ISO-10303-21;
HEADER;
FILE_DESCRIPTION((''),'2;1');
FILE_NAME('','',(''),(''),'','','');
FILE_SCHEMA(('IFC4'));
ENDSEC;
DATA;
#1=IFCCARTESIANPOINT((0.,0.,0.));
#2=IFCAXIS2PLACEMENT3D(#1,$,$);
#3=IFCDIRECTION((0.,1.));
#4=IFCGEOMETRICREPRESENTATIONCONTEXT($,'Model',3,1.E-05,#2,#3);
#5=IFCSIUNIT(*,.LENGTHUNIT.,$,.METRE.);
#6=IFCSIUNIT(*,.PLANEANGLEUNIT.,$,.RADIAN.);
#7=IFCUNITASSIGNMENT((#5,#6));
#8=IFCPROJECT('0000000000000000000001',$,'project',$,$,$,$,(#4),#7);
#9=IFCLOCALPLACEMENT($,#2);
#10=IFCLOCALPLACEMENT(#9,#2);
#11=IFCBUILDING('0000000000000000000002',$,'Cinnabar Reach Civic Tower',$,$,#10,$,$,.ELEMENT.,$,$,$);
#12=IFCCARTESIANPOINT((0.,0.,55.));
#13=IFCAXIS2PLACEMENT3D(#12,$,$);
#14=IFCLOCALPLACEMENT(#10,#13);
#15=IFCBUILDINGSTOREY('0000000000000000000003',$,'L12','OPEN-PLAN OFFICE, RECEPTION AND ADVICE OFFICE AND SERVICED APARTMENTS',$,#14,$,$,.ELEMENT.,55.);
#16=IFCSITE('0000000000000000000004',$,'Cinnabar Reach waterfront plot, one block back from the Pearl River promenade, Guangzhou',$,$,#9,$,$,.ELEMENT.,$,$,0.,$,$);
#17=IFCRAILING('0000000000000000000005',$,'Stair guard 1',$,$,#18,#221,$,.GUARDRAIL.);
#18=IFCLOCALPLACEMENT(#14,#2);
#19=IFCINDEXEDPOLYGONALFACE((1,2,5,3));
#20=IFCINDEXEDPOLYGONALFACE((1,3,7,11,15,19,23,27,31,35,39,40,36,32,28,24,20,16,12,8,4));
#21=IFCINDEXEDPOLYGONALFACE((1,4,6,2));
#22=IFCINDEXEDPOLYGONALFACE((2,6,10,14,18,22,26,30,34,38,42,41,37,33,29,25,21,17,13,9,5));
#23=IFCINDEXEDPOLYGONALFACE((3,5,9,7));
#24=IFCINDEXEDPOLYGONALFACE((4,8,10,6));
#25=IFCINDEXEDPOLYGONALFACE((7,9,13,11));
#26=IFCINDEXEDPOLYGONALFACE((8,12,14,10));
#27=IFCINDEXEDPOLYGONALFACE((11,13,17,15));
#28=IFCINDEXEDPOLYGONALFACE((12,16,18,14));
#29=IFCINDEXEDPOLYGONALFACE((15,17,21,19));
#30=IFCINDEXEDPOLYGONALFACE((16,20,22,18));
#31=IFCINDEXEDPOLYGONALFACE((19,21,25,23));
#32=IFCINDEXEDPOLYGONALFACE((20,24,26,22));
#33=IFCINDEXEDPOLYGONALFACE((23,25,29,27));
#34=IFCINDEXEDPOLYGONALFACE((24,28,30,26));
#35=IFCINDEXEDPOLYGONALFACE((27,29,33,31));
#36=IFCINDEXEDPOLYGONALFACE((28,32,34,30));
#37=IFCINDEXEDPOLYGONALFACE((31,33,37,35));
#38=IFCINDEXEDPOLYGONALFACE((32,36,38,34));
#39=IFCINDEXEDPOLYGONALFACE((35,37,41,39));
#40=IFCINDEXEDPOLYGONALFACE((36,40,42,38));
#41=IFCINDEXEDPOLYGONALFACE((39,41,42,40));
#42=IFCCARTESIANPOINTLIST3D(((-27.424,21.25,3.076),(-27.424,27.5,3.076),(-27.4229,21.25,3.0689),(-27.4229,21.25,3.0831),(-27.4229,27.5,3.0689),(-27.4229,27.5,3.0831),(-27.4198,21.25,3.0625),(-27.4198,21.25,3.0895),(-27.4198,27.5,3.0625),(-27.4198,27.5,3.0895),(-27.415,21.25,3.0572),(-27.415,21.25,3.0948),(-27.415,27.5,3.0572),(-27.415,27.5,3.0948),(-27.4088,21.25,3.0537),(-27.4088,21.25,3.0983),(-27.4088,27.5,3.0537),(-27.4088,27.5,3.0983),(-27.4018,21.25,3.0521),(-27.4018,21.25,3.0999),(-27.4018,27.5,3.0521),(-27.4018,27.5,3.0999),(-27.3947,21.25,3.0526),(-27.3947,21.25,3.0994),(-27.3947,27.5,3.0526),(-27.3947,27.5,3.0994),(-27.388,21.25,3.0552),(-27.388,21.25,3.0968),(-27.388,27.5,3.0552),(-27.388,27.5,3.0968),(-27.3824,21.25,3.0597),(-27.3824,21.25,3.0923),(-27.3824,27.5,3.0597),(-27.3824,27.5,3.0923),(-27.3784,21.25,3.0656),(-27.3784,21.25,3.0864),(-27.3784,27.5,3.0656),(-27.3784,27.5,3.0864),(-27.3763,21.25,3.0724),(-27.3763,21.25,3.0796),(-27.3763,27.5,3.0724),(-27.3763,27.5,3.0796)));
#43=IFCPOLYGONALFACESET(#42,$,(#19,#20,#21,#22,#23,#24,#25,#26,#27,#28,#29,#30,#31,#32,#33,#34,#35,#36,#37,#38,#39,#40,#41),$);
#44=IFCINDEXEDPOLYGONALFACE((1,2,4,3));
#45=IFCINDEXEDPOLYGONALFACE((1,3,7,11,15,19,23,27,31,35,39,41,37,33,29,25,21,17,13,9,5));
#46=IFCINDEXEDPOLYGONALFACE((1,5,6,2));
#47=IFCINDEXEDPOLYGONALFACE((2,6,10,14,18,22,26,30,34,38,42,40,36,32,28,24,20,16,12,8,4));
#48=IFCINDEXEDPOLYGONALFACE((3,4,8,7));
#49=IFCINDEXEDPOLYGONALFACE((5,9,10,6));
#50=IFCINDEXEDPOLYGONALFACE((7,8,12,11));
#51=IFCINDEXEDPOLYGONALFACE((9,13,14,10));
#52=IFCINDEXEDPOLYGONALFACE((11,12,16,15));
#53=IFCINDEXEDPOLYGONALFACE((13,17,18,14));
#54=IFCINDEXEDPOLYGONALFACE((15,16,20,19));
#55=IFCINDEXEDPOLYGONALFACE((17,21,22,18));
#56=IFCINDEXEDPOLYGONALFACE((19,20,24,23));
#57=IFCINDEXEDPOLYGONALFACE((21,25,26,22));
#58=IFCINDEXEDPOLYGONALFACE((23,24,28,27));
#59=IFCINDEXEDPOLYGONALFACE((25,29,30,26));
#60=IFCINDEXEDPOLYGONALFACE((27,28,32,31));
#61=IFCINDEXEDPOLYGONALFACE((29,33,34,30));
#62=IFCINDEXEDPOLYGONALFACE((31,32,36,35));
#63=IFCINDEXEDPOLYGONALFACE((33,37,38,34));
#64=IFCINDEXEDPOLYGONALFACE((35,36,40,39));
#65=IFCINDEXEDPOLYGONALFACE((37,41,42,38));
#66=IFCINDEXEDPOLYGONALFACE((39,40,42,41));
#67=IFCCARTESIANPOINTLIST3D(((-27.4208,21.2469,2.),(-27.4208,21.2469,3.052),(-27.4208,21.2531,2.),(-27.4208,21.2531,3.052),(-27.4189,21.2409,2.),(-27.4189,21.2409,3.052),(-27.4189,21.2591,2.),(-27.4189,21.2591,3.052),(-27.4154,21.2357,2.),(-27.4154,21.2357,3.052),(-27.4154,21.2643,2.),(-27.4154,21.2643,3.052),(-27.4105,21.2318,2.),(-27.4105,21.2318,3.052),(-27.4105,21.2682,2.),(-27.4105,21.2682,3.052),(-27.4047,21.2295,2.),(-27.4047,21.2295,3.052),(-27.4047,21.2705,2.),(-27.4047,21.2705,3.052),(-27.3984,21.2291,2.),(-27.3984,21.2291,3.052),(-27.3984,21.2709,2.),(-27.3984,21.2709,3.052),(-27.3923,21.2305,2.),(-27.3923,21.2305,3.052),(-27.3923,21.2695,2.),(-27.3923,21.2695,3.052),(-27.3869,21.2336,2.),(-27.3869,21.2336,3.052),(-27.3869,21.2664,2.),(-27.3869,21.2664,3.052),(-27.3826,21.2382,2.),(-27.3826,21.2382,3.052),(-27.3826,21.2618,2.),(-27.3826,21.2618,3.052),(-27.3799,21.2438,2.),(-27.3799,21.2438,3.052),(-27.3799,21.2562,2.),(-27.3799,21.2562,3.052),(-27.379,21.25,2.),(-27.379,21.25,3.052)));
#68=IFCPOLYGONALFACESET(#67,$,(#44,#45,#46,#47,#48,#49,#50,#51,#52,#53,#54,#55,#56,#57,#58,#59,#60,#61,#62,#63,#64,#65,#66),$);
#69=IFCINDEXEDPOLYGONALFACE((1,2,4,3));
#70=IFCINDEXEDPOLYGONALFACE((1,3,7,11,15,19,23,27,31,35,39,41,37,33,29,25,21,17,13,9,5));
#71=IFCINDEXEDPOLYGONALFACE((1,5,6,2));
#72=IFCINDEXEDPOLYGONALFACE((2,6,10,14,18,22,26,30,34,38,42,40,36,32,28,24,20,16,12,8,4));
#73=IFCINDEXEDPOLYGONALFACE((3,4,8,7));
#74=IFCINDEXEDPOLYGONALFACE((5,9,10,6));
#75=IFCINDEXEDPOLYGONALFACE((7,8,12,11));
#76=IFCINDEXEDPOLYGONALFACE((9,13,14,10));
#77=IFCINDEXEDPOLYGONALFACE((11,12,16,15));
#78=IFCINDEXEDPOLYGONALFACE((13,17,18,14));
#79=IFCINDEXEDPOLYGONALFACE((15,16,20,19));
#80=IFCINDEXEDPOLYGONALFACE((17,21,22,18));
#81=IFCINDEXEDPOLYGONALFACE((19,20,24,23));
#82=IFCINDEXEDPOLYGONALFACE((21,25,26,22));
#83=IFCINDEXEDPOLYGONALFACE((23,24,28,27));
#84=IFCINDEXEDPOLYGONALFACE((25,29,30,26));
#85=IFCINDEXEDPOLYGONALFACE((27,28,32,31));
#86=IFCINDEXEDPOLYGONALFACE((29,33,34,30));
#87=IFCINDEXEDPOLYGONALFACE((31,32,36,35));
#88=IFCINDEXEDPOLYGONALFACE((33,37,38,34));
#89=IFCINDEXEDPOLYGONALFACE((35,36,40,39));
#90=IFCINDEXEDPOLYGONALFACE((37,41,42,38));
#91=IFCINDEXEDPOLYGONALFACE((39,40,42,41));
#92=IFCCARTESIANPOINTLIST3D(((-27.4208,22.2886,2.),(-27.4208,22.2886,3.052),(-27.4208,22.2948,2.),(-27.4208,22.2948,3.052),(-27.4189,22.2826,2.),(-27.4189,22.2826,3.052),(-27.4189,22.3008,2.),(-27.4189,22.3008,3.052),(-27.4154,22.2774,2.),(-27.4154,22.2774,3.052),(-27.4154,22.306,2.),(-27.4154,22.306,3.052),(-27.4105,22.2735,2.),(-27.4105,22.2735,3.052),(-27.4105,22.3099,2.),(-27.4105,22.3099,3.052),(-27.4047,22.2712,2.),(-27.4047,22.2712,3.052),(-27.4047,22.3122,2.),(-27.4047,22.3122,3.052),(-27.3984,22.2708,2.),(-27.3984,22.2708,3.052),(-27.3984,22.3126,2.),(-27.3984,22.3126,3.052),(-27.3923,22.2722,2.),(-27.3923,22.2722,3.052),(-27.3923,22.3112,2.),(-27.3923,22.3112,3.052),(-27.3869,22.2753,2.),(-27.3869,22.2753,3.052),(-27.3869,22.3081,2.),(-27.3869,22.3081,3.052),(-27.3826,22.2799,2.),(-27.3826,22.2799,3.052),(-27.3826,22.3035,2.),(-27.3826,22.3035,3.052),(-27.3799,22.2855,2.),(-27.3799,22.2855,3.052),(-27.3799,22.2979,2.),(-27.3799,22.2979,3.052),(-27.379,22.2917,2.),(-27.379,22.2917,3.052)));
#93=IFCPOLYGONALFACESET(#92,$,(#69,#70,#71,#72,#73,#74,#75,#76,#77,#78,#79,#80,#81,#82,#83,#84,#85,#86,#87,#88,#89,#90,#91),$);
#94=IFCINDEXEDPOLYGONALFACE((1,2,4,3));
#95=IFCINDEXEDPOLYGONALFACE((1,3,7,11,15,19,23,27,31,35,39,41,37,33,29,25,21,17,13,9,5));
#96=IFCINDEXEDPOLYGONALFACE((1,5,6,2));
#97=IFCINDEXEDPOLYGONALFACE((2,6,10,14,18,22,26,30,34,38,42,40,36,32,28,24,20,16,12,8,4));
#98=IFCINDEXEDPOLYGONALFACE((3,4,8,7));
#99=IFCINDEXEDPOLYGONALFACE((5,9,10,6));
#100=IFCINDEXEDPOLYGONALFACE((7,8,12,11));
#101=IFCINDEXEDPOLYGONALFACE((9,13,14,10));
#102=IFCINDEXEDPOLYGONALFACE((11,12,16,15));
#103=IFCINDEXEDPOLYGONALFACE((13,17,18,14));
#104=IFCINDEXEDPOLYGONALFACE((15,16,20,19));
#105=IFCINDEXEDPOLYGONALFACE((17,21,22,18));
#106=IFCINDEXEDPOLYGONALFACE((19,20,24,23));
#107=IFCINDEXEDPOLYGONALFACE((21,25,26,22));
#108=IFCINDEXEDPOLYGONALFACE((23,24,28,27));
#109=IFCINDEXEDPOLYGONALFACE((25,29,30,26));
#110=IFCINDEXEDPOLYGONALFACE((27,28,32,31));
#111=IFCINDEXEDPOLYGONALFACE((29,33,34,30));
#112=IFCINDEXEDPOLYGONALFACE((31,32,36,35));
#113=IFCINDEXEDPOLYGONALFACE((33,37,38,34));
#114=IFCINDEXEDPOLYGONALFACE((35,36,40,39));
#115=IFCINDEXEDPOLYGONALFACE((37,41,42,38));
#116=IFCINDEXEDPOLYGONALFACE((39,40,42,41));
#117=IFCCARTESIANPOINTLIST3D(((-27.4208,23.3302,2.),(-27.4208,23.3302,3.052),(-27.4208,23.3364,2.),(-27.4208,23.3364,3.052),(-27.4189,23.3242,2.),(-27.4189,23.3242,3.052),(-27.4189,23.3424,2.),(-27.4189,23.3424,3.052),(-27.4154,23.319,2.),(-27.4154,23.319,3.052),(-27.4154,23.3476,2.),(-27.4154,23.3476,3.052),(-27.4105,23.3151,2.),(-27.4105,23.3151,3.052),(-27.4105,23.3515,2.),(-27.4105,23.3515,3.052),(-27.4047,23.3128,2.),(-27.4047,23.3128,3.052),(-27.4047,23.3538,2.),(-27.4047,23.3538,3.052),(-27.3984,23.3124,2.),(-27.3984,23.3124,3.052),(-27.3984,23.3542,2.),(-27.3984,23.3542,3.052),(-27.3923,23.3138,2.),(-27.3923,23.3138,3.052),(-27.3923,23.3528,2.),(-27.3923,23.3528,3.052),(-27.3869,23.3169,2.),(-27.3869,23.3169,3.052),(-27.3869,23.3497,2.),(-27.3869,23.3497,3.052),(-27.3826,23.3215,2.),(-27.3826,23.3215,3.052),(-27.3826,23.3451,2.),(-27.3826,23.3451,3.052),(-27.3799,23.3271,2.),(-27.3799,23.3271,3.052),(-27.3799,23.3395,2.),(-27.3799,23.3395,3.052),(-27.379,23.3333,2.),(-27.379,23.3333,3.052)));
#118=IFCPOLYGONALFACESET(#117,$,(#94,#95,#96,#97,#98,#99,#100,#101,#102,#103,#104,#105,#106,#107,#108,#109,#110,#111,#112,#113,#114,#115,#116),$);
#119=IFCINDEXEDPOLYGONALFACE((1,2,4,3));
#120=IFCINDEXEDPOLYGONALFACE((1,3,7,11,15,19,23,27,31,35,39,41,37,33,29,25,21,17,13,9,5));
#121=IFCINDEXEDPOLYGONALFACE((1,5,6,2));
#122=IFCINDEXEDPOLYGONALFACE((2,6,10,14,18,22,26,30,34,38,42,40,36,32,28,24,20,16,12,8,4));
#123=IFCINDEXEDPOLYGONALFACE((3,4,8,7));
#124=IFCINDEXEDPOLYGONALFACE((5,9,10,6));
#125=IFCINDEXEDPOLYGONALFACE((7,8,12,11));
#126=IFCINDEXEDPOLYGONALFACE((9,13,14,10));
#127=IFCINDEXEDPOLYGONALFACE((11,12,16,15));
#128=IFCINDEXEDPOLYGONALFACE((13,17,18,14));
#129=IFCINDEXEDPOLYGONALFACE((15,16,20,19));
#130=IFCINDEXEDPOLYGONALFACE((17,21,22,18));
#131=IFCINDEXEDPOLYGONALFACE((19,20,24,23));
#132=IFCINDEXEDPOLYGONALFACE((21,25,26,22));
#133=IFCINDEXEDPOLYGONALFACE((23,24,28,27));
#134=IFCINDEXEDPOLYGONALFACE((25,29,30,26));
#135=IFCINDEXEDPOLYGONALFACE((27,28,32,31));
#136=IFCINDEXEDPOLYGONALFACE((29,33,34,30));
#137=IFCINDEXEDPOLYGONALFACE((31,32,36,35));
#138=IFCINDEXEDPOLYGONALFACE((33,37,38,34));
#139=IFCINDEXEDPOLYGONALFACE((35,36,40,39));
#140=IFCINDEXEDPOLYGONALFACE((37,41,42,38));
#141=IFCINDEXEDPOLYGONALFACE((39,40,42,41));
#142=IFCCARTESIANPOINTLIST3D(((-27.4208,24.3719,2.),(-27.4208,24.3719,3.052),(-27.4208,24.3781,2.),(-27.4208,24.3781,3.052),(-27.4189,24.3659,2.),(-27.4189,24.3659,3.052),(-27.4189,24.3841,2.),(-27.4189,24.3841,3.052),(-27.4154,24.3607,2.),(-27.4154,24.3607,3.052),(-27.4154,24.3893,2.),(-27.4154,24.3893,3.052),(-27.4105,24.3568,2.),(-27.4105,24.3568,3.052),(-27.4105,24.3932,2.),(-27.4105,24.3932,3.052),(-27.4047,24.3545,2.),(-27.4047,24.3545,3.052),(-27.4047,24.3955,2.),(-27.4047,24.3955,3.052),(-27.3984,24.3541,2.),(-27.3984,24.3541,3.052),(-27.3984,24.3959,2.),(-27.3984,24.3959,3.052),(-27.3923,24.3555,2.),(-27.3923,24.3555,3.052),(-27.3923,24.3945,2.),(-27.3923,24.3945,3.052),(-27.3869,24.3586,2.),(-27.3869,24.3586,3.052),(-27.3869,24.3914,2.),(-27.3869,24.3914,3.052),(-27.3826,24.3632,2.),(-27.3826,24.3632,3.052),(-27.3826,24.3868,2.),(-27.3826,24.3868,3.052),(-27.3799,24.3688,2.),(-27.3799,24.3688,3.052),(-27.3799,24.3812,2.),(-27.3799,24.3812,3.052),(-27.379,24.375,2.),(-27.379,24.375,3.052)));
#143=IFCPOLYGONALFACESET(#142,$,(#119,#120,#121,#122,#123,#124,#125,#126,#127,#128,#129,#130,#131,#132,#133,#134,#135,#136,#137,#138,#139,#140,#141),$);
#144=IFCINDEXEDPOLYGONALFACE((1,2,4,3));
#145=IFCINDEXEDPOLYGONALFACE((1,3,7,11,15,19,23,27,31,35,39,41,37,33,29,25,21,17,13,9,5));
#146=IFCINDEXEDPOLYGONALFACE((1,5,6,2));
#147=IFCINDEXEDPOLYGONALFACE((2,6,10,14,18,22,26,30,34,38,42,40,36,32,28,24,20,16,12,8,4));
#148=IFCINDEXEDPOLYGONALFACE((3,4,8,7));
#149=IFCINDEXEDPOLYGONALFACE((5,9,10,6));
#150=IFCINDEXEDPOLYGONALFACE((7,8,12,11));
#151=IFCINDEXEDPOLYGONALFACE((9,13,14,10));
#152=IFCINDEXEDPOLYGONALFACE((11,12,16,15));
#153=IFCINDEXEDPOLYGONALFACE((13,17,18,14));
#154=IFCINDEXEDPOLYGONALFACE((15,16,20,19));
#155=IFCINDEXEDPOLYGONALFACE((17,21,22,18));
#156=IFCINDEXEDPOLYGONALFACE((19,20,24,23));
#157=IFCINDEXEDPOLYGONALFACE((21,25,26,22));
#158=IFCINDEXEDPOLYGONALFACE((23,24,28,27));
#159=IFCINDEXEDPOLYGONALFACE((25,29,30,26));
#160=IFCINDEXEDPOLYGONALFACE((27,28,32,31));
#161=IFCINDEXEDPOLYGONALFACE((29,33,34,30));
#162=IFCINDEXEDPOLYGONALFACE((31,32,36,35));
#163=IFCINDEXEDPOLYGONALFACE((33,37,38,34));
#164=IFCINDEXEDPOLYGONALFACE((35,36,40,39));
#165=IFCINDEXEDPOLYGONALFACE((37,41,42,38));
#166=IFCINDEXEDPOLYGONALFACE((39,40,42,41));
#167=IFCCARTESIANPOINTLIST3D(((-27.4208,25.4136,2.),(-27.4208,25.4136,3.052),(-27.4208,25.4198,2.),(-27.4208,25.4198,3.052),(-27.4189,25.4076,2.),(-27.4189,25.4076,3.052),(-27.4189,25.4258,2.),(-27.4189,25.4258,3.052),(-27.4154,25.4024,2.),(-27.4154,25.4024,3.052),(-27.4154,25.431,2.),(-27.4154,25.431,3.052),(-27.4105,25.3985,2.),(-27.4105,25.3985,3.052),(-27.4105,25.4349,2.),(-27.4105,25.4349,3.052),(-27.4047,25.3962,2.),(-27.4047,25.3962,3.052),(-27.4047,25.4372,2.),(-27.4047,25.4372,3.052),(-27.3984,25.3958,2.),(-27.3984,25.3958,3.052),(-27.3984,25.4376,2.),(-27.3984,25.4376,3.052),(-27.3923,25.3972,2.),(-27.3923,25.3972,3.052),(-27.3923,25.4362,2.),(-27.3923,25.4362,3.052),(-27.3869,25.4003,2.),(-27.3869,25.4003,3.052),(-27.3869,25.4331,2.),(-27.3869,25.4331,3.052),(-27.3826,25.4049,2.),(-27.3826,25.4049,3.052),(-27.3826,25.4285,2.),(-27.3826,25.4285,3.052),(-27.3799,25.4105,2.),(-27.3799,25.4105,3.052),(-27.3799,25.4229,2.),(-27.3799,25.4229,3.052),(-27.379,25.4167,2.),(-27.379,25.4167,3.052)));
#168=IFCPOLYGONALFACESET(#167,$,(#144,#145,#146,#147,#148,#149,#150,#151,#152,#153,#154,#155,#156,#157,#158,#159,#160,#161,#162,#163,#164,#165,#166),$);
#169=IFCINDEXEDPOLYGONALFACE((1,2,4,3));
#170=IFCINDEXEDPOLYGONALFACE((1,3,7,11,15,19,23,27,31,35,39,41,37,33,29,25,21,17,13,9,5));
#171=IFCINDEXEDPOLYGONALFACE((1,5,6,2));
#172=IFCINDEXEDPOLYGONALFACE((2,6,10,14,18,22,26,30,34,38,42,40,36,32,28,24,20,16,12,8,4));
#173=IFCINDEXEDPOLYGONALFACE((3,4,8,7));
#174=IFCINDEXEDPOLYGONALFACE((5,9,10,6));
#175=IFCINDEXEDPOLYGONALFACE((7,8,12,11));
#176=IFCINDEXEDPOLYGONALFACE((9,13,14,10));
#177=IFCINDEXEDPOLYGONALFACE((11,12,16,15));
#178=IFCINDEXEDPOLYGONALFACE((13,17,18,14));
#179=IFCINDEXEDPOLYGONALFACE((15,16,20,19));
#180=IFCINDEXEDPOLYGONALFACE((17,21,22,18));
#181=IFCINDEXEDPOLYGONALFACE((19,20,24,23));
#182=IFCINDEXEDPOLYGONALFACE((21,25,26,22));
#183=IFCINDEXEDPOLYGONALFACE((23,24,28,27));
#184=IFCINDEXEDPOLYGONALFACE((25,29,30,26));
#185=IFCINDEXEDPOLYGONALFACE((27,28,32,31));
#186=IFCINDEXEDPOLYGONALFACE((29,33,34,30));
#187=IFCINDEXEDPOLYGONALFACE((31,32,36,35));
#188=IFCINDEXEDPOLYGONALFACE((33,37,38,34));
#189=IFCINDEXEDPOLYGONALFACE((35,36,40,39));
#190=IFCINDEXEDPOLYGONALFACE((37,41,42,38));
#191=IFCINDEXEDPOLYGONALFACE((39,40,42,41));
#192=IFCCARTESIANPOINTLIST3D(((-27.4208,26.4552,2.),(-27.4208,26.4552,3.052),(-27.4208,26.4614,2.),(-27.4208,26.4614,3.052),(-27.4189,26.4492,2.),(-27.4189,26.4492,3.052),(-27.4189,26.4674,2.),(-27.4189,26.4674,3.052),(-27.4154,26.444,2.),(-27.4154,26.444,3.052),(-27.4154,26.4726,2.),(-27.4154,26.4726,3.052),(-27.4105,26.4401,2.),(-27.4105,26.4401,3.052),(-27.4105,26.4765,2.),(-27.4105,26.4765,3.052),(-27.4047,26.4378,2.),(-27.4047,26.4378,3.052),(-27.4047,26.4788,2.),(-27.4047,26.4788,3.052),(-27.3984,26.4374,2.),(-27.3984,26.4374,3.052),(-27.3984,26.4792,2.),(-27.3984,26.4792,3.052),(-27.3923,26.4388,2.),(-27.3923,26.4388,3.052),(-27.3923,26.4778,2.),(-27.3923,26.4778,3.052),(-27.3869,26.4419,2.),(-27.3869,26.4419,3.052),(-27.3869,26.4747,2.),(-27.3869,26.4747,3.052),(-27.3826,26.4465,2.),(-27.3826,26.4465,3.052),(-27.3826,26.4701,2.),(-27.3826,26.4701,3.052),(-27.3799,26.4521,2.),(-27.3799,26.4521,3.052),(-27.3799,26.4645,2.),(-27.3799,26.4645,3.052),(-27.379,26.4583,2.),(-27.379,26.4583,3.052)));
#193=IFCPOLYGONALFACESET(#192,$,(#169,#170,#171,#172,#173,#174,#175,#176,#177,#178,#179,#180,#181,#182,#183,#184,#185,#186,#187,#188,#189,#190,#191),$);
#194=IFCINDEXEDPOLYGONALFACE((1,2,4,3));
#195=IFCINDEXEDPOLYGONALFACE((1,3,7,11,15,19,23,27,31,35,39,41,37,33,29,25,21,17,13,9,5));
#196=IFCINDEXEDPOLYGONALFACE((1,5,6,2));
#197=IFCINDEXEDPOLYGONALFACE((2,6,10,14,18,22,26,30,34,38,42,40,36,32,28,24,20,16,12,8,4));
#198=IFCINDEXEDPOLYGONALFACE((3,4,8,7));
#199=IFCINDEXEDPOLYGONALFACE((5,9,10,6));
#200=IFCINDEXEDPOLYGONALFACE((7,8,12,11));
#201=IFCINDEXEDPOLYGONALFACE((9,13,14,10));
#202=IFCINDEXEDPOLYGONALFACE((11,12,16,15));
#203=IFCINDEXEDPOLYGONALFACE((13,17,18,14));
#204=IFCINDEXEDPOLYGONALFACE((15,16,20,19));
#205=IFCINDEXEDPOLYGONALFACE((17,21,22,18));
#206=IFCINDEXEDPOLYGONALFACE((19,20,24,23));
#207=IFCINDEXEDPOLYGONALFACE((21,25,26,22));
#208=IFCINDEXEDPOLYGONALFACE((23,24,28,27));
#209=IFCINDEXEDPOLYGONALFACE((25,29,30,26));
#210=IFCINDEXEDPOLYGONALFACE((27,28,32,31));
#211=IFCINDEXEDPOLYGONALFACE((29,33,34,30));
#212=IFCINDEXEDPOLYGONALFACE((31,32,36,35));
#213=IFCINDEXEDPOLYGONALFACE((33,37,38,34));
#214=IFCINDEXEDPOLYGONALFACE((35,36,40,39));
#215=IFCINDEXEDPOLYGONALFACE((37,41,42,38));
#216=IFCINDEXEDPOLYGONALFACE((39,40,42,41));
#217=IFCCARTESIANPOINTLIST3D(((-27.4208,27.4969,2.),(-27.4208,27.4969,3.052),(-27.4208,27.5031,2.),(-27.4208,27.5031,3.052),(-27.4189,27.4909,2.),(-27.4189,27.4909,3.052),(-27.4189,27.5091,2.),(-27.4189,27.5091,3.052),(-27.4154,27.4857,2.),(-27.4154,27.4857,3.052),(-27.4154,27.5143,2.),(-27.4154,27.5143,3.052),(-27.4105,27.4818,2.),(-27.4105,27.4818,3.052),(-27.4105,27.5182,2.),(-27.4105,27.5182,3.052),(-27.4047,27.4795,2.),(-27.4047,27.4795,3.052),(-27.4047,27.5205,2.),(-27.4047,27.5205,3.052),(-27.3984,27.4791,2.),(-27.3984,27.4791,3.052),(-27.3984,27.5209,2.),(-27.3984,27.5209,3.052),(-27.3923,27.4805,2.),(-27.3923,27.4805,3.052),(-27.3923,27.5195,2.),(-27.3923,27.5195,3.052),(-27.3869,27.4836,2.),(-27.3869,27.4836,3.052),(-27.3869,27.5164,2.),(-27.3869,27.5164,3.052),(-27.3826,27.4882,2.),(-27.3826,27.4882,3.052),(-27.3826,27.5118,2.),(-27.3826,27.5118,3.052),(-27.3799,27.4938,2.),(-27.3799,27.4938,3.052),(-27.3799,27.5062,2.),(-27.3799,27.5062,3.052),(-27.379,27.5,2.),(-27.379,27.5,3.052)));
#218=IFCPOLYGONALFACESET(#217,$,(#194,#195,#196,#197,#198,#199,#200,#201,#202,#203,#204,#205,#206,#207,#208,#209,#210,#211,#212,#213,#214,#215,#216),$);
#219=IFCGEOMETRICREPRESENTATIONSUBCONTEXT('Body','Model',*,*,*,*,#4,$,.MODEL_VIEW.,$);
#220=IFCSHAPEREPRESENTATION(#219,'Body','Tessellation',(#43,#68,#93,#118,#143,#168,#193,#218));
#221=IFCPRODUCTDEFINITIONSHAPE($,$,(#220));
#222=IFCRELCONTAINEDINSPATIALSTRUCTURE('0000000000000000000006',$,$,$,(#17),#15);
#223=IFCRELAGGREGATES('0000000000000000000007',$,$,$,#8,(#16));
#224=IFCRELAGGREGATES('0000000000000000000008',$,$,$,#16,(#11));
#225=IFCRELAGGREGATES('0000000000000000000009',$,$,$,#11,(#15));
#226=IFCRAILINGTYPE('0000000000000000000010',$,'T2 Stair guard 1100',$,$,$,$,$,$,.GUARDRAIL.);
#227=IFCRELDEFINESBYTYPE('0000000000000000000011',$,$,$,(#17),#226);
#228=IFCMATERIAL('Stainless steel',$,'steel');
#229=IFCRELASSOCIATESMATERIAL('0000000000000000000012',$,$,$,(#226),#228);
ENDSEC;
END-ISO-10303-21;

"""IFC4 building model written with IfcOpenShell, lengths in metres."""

from ifc_helpers import new_model, si_unit, direction, frame, origin, origin_2d, place, context, subcontext, project, spatial, circle, extrude, material, type_object, element, save


model = new_model("IFC4")

# Units and contexts
model_context = context("Model", 3, precision=1e-05, world=origin(), true_north=direction((0.0, 1.0)))
body_context = subcontext(model_context, "Body", "Model", "MODEL_VIEW")
ifc_project = project(units=[si_unit("LENGTHUNIT", "METRE"), si_unit("PLANEANGLEUNIT", "RADIAN")], contexts=[model_context])

# Site, building, storey
site_placement = place(None, origin())
site = spatial("IfcSite", under=ifc_project, at=site_placement, Name="Cinnabar Reach waterfront plot, one block back from the Pearl River promenade, Guangzhou", CompositionType="ELEMENT", RefElevation=0.0)
building_placement = place(site_placement, origin())
building = spatial("IfcBuilding", under=site, at=building_placement, Name="Cinnabar Reach Civic Tower", CompositionType="ELEMENT")
storey_placement = place(building_placement, frame((0.0, 0.0, 55.0)))
storey = spatial("IfcBuildingStorey", under=building, at=storey_placement, Name="L12", Description="OPEN-PLAN OFFICE, RECEPTION AND ADVICE OFFICE AND SERVICED APARTMENTS", CompositionType="ELEMENT", Elevation=55.0)

# Railing
ifc_material_1 = material(Name="Stainless steel", Category="steel")
railing_type = type_object("IfcRailingType", Name="T2 Stair guard 1100", PredefinedType="GUARDRAIL", material=ifc_material_1)
for number, where, name in (
    (1, (-27.4, 21.25, 2.0), "Stair guard 1"),
):
    element("IfcRailing", number, at=place(storey_placement, frame(where)), inside=storey, type_object=railing_type, Name=name, PredefinedType="GUARDRAIL", context=body_context, shape_type="SweptSolid", body=[
        extrude(circle(Radius=0.024, at=origin_2d()), frame((0.0, 0.0, 1.076), z_axis=(0.0, 1.0, 0.0), x_axis=(-1.0, 0.0, 0.0)), (0.0, 0.0, 1.0), 6.25),
        extrude(circle(Radius=0.021, at=origin_2d()), origin(), (0.0, 0.0, 1.0), 1.052),
        extrude(circle(Radius=0.021, at=origin_2d()), frame((0.0, 1.0417, 0.0)), (0.0, 0.0, 1.0), 1.052),
        extrude(circle(Radius=0.021, at=origin_2d()), frame((0.0, 2.0833, 0.0)), (0.0, 0.0, 1.0), 1.052),
        extrude(circle(Radius=0.021, at=origin_2d()), frame((0.0, 3.125, 0.0)), (0.0, 0.0, 1.0), 1.052),
        extrude(circle(Radius=0.021, at=origin_2d()), frame((0.0, 4.1667, 0.0)), (0.0, 0.0, 1.0), 1.052),
        extrude(circle(Radius=0.021, at=origin_2d()), frame((0.0, 5.2083, 0.0)), (0.0, 0.0, 1.0), 1.052),
        extrude(circle(Radius=0.021, at=origin_2d()), frame((0.0, 6.25, 0.0)), (0.0, 0.0, 1.0), 1.052),
    ])

save(model, "model.ifc")
